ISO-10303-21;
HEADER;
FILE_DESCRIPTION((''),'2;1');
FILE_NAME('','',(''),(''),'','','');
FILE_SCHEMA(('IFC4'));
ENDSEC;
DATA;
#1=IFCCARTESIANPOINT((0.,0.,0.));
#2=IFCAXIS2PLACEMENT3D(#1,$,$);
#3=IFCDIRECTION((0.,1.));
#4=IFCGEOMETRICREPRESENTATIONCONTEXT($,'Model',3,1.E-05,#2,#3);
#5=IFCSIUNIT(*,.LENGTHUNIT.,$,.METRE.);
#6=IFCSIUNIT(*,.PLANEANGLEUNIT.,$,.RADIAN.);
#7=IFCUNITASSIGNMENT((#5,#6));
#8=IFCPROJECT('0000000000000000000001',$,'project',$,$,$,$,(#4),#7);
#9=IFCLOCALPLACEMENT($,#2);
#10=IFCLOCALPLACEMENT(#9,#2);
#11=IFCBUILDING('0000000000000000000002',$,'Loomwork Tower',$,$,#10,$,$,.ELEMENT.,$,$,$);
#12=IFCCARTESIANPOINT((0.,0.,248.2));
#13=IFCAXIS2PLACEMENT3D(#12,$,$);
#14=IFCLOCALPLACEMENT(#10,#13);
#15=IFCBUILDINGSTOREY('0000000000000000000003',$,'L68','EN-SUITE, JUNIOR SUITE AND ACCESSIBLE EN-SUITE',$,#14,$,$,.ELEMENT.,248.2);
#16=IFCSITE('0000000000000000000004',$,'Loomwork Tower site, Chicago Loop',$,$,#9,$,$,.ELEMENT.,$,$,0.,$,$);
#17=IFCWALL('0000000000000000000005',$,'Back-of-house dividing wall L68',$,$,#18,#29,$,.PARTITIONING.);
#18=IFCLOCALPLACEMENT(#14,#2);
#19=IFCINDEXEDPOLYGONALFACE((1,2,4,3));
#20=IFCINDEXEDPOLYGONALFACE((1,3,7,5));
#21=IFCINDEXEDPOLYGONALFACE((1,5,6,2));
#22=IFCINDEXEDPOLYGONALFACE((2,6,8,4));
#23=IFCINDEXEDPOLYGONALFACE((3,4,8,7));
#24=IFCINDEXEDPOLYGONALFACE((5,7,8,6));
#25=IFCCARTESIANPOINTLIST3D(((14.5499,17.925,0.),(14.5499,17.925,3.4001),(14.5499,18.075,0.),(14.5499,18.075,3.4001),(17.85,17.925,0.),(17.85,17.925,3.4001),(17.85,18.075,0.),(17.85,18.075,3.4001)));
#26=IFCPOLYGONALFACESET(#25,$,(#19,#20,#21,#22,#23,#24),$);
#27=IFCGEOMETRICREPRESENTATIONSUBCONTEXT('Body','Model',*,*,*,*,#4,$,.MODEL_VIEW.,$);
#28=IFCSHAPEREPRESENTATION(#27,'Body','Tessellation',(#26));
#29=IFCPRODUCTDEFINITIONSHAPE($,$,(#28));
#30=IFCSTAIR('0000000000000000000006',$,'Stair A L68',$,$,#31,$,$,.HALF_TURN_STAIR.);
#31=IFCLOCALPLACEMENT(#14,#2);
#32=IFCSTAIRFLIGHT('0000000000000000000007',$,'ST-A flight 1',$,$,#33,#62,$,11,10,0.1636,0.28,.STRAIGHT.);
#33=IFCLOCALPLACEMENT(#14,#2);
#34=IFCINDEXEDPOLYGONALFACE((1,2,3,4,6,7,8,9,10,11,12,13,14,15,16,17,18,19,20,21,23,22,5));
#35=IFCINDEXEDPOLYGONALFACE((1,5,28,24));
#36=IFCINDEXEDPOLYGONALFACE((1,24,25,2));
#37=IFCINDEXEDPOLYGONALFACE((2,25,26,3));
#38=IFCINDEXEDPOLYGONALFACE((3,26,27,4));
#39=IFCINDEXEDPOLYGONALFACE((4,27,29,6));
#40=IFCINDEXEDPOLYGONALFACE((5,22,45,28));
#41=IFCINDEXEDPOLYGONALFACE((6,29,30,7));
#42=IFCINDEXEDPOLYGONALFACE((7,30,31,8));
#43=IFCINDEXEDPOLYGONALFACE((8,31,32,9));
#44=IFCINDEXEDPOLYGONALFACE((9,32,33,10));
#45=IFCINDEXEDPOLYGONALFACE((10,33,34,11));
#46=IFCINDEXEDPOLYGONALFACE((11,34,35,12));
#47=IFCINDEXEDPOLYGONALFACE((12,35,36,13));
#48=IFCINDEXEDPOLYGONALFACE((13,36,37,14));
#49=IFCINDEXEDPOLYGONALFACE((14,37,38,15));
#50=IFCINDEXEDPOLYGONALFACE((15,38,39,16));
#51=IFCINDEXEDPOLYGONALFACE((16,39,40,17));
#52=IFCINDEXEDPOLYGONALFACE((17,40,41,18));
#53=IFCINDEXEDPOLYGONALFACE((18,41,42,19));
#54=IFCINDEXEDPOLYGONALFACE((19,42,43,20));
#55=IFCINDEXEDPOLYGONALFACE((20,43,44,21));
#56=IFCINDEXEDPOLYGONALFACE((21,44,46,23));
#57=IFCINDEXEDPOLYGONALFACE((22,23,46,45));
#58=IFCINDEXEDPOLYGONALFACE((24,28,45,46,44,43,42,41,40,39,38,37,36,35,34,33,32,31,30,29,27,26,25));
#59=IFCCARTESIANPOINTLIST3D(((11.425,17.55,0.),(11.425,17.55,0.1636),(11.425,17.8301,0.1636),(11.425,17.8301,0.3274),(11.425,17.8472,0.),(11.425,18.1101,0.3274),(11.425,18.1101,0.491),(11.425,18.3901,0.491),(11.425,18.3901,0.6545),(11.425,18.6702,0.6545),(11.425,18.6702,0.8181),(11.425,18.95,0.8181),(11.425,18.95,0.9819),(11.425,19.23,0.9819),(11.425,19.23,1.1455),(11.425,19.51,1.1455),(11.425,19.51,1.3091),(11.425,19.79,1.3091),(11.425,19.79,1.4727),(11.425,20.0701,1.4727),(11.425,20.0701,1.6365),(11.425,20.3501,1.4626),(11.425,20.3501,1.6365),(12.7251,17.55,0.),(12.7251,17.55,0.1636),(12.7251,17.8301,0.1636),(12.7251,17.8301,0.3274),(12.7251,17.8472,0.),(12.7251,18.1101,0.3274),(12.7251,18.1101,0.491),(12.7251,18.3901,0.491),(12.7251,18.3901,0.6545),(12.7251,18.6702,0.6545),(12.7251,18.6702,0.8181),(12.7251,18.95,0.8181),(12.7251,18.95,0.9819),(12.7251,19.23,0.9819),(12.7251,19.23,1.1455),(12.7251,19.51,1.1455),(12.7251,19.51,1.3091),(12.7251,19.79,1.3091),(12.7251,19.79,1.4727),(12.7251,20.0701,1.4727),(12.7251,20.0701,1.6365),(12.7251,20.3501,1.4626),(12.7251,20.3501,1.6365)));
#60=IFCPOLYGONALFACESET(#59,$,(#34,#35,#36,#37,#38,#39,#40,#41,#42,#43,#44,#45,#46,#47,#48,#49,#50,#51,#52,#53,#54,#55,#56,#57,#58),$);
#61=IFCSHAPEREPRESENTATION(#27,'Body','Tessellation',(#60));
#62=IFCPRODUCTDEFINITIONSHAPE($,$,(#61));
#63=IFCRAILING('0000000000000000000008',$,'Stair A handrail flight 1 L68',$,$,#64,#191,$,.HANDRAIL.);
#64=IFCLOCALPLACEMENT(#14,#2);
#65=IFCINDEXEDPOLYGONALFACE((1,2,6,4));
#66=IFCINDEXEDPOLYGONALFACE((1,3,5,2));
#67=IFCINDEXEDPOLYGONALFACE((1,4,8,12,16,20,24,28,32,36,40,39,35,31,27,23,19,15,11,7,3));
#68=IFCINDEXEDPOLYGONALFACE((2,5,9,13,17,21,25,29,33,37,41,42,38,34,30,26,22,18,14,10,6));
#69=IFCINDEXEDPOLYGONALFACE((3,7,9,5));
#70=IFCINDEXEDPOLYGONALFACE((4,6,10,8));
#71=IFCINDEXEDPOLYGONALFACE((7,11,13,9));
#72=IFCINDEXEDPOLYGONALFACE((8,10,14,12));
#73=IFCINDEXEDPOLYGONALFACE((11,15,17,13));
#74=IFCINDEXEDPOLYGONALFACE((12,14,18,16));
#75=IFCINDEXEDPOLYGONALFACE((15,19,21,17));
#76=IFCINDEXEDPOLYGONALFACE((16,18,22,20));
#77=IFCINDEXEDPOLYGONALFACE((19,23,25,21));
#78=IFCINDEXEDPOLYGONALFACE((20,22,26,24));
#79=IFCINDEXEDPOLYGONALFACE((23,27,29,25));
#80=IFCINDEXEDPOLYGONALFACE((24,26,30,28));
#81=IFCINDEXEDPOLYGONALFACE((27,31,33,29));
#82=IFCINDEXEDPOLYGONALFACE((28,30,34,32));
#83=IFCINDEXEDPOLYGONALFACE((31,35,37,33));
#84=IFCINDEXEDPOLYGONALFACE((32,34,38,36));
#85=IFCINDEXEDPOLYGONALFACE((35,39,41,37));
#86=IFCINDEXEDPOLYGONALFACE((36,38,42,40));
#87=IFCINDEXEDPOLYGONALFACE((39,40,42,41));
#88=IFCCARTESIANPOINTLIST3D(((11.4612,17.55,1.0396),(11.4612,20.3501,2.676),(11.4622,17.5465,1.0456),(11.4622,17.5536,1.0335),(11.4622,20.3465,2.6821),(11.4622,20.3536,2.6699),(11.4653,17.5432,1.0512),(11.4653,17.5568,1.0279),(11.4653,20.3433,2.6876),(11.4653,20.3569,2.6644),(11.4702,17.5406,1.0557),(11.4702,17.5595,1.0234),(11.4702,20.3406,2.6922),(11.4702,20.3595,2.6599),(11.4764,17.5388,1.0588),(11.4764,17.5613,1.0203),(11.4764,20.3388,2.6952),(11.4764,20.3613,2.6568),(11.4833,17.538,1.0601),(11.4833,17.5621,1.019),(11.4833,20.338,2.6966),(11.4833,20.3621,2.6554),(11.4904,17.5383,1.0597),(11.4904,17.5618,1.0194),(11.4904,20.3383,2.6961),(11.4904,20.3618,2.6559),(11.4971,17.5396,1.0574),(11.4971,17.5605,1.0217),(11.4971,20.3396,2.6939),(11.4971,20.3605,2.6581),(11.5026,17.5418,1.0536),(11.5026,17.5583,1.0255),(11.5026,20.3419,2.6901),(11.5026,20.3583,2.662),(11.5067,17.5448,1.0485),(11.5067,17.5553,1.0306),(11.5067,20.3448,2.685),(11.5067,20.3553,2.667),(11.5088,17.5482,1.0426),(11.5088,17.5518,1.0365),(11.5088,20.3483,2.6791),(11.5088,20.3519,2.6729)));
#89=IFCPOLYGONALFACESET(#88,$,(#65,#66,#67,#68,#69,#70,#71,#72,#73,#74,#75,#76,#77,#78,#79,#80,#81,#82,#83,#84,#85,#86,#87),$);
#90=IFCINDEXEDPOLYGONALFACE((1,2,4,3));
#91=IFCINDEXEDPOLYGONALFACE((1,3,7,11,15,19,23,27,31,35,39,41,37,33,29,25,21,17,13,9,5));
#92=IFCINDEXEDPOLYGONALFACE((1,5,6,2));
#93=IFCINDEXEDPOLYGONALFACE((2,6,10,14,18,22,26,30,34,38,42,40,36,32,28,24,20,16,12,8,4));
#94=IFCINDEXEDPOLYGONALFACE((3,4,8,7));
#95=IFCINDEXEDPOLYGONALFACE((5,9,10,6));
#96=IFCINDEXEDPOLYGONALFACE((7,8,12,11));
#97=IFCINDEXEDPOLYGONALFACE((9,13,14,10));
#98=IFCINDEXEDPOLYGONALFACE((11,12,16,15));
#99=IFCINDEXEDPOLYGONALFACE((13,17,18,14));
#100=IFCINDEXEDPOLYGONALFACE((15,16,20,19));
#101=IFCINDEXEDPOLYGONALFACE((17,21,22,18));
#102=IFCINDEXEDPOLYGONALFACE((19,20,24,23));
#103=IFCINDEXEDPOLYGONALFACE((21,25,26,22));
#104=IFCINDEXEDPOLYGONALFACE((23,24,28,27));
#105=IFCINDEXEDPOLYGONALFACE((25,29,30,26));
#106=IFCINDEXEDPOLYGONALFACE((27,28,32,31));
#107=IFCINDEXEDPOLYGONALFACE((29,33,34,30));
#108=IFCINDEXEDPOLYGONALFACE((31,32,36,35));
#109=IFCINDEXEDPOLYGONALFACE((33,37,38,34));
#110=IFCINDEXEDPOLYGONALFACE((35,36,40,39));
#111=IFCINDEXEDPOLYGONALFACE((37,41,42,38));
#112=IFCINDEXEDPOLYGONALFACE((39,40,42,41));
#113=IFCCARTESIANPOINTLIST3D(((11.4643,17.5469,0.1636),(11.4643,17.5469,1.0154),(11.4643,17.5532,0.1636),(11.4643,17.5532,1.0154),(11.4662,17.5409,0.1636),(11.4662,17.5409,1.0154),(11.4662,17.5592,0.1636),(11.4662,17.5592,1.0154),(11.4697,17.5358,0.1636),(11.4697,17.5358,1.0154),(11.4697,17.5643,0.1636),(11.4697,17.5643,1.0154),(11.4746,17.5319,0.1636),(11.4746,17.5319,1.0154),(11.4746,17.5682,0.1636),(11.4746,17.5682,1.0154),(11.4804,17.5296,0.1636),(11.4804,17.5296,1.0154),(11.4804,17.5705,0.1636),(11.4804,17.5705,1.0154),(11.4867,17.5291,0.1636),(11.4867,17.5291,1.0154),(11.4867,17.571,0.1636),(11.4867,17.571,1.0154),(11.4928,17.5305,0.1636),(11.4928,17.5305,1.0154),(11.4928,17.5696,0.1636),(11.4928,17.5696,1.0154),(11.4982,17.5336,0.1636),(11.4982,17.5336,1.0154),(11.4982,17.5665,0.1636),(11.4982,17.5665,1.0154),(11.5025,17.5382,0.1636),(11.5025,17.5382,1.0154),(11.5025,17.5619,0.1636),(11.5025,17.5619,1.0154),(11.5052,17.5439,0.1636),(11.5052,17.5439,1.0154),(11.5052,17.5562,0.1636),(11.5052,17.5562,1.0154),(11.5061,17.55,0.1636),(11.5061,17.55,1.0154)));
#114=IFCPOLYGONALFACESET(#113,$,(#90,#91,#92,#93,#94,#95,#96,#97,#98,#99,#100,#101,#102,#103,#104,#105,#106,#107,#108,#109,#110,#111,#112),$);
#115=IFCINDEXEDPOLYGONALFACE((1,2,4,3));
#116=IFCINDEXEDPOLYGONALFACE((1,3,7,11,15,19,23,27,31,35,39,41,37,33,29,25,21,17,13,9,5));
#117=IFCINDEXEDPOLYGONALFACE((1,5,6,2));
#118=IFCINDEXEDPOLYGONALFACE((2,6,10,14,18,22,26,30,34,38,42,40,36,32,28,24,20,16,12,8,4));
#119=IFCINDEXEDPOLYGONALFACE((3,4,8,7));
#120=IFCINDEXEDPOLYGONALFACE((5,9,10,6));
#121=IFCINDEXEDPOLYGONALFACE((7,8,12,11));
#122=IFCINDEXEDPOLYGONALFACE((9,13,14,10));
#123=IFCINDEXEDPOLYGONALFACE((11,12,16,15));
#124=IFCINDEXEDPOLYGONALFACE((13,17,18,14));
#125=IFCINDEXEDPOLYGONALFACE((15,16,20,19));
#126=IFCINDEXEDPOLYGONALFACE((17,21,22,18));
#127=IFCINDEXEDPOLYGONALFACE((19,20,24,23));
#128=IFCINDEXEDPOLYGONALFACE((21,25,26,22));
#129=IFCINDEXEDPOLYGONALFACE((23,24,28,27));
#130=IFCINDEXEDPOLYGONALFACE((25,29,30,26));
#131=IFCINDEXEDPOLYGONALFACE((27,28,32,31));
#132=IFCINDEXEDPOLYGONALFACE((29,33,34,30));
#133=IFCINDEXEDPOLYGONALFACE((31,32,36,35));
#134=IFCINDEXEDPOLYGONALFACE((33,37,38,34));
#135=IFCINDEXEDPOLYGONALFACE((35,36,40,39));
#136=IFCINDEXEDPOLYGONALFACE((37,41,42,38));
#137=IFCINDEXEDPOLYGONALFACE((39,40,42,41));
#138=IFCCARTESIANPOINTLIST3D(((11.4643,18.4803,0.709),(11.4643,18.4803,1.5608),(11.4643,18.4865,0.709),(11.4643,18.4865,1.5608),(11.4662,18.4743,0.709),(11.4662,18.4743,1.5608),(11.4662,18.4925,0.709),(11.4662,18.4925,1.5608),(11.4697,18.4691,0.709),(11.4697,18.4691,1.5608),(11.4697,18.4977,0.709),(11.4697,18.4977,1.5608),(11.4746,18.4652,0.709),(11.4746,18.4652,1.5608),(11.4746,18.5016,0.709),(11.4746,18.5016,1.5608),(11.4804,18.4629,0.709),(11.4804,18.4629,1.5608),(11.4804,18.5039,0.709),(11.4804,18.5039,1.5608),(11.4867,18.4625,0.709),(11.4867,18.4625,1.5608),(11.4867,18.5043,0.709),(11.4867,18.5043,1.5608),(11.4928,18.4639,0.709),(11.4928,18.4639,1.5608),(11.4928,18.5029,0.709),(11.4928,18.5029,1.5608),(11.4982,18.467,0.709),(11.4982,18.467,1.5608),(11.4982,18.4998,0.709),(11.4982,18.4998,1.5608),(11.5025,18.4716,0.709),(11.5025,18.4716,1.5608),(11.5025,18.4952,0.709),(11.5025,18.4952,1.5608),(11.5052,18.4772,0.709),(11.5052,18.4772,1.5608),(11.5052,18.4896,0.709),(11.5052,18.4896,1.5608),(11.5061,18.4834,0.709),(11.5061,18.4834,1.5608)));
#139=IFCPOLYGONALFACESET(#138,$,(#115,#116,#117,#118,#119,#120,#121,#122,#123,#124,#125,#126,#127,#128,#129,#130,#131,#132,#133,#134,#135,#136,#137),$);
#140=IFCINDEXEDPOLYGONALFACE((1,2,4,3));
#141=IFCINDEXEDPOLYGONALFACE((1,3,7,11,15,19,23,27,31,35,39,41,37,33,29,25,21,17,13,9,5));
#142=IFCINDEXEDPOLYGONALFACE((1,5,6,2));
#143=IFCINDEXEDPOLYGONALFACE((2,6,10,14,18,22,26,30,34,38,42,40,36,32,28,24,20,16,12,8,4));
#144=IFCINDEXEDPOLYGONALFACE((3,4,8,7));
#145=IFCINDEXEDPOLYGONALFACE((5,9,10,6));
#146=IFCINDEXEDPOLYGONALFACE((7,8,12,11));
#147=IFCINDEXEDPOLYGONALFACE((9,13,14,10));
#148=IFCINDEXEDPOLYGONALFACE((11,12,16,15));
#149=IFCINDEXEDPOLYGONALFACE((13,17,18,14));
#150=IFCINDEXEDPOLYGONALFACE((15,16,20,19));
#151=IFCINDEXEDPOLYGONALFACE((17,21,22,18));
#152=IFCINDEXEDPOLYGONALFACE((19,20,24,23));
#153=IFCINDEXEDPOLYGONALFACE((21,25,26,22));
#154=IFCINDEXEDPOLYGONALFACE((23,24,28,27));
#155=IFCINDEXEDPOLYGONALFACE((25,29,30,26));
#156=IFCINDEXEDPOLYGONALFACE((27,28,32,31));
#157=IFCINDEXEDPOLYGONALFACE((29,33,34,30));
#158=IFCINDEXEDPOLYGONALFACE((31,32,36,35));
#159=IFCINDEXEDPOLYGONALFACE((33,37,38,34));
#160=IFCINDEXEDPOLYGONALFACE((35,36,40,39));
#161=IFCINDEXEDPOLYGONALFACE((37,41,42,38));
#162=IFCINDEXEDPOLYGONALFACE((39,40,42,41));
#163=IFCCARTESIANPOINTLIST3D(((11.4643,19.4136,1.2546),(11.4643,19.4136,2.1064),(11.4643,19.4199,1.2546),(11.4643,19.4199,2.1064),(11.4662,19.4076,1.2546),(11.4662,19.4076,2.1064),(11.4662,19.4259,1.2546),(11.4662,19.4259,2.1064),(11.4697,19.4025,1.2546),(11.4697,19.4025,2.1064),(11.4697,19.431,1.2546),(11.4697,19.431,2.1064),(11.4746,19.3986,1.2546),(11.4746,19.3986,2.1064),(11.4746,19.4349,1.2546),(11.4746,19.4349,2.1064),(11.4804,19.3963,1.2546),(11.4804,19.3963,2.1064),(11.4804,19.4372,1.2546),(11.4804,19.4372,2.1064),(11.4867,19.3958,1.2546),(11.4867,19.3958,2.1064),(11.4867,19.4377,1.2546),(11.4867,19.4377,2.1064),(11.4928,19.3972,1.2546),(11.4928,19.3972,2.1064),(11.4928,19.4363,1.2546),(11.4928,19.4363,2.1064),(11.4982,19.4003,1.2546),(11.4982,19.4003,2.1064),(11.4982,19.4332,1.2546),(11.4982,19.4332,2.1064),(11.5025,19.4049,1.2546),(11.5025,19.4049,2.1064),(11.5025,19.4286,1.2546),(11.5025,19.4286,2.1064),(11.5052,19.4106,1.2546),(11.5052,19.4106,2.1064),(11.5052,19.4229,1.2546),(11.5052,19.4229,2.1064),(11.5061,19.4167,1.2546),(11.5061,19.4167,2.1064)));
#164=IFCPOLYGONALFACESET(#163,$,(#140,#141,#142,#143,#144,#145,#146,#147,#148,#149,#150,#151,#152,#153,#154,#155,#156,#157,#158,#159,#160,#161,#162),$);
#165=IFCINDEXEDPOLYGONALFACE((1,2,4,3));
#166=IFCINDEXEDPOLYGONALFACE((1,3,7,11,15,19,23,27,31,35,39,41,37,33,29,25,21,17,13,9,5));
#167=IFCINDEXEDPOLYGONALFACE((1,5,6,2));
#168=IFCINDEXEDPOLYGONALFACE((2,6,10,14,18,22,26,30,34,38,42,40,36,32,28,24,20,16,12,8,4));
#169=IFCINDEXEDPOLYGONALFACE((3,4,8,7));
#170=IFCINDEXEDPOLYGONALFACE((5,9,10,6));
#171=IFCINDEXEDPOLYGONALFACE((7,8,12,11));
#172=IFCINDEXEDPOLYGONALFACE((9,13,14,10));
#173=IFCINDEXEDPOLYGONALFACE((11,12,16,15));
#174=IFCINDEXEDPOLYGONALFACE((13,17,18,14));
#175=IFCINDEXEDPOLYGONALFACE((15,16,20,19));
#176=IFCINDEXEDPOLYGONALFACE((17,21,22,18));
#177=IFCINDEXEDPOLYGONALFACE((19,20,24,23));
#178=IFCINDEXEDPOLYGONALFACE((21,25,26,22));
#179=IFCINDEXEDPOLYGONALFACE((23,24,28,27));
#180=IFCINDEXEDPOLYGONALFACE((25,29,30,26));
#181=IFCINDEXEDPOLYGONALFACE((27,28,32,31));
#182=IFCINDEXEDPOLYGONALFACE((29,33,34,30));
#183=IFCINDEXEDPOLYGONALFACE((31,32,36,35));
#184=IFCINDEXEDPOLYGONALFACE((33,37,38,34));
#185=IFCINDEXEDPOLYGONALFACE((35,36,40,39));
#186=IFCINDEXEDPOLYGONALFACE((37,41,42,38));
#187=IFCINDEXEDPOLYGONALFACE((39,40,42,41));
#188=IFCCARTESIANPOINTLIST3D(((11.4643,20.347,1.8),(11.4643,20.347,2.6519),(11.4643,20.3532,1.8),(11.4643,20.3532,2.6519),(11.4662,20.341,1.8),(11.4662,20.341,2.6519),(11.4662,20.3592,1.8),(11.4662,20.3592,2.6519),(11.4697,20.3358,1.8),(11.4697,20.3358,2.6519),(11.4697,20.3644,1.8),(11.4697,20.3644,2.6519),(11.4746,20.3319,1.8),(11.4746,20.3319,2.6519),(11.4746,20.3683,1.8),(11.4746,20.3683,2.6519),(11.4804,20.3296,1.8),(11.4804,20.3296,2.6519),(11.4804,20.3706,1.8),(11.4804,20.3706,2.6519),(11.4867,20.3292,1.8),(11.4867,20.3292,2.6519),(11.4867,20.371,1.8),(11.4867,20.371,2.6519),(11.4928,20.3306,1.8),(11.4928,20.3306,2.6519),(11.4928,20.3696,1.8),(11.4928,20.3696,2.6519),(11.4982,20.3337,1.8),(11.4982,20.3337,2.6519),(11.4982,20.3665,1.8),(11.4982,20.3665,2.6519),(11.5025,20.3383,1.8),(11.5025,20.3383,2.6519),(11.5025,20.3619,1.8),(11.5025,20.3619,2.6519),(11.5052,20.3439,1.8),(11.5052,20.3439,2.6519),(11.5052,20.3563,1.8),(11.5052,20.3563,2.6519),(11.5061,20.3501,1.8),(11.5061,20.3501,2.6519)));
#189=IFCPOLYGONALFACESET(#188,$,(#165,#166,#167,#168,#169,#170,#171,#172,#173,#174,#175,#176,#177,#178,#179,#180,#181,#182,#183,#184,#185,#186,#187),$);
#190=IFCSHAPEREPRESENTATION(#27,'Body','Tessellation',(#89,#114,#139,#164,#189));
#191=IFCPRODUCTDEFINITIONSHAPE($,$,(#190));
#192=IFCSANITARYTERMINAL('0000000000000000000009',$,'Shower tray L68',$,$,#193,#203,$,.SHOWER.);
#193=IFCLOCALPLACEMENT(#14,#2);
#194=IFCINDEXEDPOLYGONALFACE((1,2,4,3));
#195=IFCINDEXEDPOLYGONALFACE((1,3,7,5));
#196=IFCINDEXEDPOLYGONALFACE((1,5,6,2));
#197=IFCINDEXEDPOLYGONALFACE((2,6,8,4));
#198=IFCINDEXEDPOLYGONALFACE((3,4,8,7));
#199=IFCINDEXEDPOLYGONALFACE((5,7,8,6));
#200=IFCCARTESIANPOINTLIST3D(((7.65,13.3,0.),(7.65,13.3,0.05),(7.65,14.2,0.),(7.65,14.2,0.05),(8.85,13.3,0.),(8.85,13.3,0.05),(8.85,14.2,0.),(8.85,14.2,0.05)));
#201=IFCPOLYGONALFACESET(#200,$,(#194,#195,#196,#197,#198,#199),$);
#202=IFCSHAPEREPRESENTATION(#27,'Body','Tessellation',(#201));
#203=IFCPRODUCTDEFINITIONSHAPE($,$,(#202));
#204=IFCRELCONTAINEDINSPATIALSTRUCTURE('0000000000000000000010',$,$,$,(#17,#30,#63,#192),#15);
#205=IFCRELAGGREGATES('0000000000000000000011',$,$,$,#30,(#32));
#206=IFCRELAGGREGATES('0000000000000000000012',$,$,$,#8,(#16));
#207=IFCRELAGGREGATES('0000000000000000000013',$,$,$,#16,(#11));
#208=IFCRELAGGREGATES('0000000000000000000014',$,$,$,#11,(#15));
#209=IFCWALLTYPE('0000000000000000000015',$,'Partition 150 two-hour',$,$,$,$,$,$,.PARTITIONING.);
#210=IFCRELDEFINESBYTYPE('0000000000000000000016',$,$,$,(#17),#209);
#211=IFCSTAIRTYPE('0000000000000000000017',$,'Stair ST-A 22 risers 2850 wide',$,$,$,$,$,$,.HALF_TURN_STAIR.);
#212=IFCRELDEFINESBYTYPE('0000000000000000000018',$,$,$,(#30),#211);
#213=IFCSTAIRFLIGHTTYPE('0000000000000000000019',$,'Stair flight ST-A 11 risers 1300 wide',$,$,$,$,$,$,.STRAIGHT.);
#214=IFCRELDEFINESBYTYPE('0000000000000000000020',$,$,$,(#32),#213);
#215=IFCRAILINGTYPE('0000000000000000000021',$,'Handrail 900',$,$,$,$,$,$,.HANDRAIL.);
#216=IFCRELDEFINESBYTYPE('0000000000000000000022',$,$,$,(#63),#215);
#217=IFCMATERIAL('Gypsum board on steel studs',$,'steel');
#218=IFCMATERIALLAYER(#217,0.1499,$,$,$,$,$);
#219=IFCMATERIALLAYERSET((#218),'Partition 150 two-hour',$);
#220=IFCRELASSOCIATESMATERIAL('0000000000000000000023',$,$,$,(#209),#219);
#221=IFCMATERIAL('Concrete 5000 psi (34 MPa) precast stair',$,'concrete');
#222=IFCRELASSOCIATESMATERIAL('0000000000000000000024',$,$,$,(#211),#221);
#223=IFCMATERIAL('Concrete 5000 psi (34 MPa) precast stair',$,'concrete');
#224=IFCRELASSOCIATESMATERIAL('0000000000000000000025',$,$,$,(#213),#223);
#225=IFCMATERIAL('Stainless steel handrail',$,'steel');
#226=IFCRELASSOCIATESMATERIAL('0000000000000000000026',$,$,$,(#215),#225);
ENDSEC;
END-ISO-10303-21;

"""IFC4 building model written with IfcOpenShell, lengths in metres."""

from ifc_helpers import new_model, si_unit, direction, frame, frame_2d, origin, origin_2d, place, context, subcontext, project, spatial, polyline, rectangle, circle, outline, extrude, material, layer, layer_set, type_object, element, aggregate, save


model = new_model("IFC4")

# Units and contexts
model_context = context("Model", 3, precision=1e-05, world=origin(), true_north=direction((0.0, 1.0)))
body_context = subcontext(model_context, "Body", "Model", "MODEL_VIEW")
ifc_project = project(units=[si_unit("LENGTHUNIT", "METRE"), si_unit("PLANEANGLEUNIT", "RADIAN")], contexts=[model_context])

# Site, building, storey
site_placement = place(None, origin())
site = spatial("IfcSite", under=ifc_project, at=site_placement, Name="Loomwork Tower site, Chicago Loop", CompositionType="ELEMENT", RefElevation=0.0)
building_placement = place(site_placement, origin())
building = spatial("IfcBuilding", under=site, at=building_placement, Name="Loomwork Tower", CompositionType="ELEMENT")
storey_placement = place(building_placement, frame((0.0, 0.0, 248.2)))
storey = spatial("IfcBuildingStorey", under=building, at=storey_placement, Name="L68", Description="EN-SUITE, JUNIOR SUITE AND ACCESSIBLE EN-SUITE", CompositionType="ELEMENT", Elevation=248.2)

# Wall
ifc_material_1 = material(Name="Gypsum board on steel studs", Category="steel")
ifc_layer_1 = layer(ifc_material_1, 0.1499)
ifc_layer_set_1 = layer_set([ifc_layer_1], Name="Partition 150 two-hour")
wall_type_1 = type_object("IfcWallType", Name="Partition 150 two-hour", PredefinedType="PARTITIONING", material=ifc_layer_set_1)
wall_1_placement = place(storey_placement, frame((14.55, 18.0, 0.0), z_axis=(0.0, 0.0, 1.0), x_axis=(1.0, 0.0, 0.0)))
element("IfcWall", 1, at=wall_1_placement, inside=storey, type_object=wall_type_1, Name="Back-of-house dividing wall L68", PredefinedType="PARTITIONING", context=body_context, shape_type="SweptSolid", body=[
    extrude(rectangle(XDim=3.3, YDim=0.1499, at=frame_2d((1.6499, 0.0))), origin(), (0.0, 0.0, 1.0), 3.4001),
])

# Stair, stair flight
ifc_material_2 = material(Name="Concrete 5000 psi (34 MPa) precast stair", Category="concrete")
stair_type = type_object("IfcStairType", Name="Stair ST-A 22 risers 2850 wide", PredefinedType="HALF_TURN_STAIR", material=ifc_material_2)
stair_placement = place(storey_placement, origin())
stair = element("IfcStair", 2, at=stair_placement, inside=storey, type_object=stair_type, Name="Stair A L68", PredefinedType="HALF_TURN_STAIR")
ifc_material_3 = material(Name="Concrete 5000 psi (34 MPa) precast stair", Category="concrete")
stair_flight_type = type_object("IfcStairFlightType", Name="Stair flight ST-A 11 risers 1300 wide", PredefinedType="STRAIGHT", material=ifc_material_3)
stair_flight_placement = place(storey_placement, frame((12.075, 17.55, 0.0), z_axis=(0.0, 0.0, 1.0), x_axis=(0.0, 1.0, 0.0)))
stair_flight = element("IfcStairFlight", 3, at=stair_flight_placement, type_object=stair_flight_type, Name="ST-A flight 1", NumberOfRisers=11, NumberOfTreads=10, PredefinedType="STRAIGHT", RiserHeight=0.1636, TreadLength=0.28, context=body_context, shape_type="SweptSolid", body=[
    extrude(outline(polyline([(0.0, 0.0), (0.0, 0.1636), (0.28, 0.1636), (0.28, 0.3274), (0.5601, 0.3274), (0.5601, 0.491), (0.8401, 0.491), (0.8401, 0.6545), (1.1201, 0.6545), (1.1201, 0.8181), (1.3999, 0.8181), (1.3999, 0.9819), (1.6799, 0.9819), (1.6799, 1.1455), (1.96, 1.1455), (1.96, 1.3091), (2.24, 1.3091), (2.24, 1.4727), (2.52, 1.4727), (2.52, 1.6365), (2.8, 1.6365), (2.8, 1.8), (2.8, 1.4626), (0.2971, 0.0), (0.0, 0.0)])), frame((0.0, 0.6499, 0.0), z_axis=(0.0, -1.0, 0.0), x_axis=(1.0, 0.0, 0.0)), (0.0, 0.0, 1.0), 1.3),
])
aggregate(stair, [stair_flight])

# Railing
ifc_material_4 = material(Name="Stainless steel handrail", Category="steel")
railing_type = type_object("IfcRailingType", Name="Handrail 900", PredefinedType="HANDRAIL", material=ifc_material_4)
railing_placement = place(storey_placement, frame((11.4851, 17.55, 0.1636)))
element("IfcRailing", 4, at=railing_placement, inside=storey, type_object=railing_type, Name="Stair A handrail flight 1 L68", PredefinedType="HANDRAIL", context=body_context, shape_type="SweptSolid", body=[
    extrude(circle(Radius=0.0239, at=origin_2d()), frame((0.0, 0.0, 0.876), z_axis=(0.0, 0.863361, 0.504587), x_axis=(-1.0, 0.0, 0.0)), (0.0, 0.0, 1.0), 3.2432),
    extrude(circle(Radius=0.021, at=origin_2d()), origin(), (0.0, 0.0, 1.0), 0.8518),
    extrude(circle(Radius=0.021, at=origin_2d()), frame((0.0, 0.9333, 0.5454)), (0.0, 0.0, 1.0), 0.8518),
    extrude(circle(Radius=0.021, at=origin_2d()), frame((0.0, 1.8667, 1.0911)), (0.0, 0.0, 1.0), 0.8518),
    extrude(circle(Radius=0.021, at=origin_2d()), frame((0.0, 2.8, 1.6365)), (0.0, 0.0, 1.0), 0.8518),
])

# Sanitary terminal
sanitary_terminal_1_placement = place(storey_placement, frame((8.25, 13.75, 0.0), z_axis=(0.0, 0.0, 1.0), x_axis=(1.0, 0.0, 0.0)))
element("IfcSanitaryTerminal", 5, at=sanitary_terminal_1_placement, inside=storey, Name="Shower tray L68", PredefinedType="SHOWER", context=body_context, shape_type="SweptSolid", body=[
    extrude(rectangle(XDim=1.2, YDim=0.8999, at=origin_2d()), origin(), (0.0, 0.0, 1.0), 0.05),
])

save(model, "model.ifc")
